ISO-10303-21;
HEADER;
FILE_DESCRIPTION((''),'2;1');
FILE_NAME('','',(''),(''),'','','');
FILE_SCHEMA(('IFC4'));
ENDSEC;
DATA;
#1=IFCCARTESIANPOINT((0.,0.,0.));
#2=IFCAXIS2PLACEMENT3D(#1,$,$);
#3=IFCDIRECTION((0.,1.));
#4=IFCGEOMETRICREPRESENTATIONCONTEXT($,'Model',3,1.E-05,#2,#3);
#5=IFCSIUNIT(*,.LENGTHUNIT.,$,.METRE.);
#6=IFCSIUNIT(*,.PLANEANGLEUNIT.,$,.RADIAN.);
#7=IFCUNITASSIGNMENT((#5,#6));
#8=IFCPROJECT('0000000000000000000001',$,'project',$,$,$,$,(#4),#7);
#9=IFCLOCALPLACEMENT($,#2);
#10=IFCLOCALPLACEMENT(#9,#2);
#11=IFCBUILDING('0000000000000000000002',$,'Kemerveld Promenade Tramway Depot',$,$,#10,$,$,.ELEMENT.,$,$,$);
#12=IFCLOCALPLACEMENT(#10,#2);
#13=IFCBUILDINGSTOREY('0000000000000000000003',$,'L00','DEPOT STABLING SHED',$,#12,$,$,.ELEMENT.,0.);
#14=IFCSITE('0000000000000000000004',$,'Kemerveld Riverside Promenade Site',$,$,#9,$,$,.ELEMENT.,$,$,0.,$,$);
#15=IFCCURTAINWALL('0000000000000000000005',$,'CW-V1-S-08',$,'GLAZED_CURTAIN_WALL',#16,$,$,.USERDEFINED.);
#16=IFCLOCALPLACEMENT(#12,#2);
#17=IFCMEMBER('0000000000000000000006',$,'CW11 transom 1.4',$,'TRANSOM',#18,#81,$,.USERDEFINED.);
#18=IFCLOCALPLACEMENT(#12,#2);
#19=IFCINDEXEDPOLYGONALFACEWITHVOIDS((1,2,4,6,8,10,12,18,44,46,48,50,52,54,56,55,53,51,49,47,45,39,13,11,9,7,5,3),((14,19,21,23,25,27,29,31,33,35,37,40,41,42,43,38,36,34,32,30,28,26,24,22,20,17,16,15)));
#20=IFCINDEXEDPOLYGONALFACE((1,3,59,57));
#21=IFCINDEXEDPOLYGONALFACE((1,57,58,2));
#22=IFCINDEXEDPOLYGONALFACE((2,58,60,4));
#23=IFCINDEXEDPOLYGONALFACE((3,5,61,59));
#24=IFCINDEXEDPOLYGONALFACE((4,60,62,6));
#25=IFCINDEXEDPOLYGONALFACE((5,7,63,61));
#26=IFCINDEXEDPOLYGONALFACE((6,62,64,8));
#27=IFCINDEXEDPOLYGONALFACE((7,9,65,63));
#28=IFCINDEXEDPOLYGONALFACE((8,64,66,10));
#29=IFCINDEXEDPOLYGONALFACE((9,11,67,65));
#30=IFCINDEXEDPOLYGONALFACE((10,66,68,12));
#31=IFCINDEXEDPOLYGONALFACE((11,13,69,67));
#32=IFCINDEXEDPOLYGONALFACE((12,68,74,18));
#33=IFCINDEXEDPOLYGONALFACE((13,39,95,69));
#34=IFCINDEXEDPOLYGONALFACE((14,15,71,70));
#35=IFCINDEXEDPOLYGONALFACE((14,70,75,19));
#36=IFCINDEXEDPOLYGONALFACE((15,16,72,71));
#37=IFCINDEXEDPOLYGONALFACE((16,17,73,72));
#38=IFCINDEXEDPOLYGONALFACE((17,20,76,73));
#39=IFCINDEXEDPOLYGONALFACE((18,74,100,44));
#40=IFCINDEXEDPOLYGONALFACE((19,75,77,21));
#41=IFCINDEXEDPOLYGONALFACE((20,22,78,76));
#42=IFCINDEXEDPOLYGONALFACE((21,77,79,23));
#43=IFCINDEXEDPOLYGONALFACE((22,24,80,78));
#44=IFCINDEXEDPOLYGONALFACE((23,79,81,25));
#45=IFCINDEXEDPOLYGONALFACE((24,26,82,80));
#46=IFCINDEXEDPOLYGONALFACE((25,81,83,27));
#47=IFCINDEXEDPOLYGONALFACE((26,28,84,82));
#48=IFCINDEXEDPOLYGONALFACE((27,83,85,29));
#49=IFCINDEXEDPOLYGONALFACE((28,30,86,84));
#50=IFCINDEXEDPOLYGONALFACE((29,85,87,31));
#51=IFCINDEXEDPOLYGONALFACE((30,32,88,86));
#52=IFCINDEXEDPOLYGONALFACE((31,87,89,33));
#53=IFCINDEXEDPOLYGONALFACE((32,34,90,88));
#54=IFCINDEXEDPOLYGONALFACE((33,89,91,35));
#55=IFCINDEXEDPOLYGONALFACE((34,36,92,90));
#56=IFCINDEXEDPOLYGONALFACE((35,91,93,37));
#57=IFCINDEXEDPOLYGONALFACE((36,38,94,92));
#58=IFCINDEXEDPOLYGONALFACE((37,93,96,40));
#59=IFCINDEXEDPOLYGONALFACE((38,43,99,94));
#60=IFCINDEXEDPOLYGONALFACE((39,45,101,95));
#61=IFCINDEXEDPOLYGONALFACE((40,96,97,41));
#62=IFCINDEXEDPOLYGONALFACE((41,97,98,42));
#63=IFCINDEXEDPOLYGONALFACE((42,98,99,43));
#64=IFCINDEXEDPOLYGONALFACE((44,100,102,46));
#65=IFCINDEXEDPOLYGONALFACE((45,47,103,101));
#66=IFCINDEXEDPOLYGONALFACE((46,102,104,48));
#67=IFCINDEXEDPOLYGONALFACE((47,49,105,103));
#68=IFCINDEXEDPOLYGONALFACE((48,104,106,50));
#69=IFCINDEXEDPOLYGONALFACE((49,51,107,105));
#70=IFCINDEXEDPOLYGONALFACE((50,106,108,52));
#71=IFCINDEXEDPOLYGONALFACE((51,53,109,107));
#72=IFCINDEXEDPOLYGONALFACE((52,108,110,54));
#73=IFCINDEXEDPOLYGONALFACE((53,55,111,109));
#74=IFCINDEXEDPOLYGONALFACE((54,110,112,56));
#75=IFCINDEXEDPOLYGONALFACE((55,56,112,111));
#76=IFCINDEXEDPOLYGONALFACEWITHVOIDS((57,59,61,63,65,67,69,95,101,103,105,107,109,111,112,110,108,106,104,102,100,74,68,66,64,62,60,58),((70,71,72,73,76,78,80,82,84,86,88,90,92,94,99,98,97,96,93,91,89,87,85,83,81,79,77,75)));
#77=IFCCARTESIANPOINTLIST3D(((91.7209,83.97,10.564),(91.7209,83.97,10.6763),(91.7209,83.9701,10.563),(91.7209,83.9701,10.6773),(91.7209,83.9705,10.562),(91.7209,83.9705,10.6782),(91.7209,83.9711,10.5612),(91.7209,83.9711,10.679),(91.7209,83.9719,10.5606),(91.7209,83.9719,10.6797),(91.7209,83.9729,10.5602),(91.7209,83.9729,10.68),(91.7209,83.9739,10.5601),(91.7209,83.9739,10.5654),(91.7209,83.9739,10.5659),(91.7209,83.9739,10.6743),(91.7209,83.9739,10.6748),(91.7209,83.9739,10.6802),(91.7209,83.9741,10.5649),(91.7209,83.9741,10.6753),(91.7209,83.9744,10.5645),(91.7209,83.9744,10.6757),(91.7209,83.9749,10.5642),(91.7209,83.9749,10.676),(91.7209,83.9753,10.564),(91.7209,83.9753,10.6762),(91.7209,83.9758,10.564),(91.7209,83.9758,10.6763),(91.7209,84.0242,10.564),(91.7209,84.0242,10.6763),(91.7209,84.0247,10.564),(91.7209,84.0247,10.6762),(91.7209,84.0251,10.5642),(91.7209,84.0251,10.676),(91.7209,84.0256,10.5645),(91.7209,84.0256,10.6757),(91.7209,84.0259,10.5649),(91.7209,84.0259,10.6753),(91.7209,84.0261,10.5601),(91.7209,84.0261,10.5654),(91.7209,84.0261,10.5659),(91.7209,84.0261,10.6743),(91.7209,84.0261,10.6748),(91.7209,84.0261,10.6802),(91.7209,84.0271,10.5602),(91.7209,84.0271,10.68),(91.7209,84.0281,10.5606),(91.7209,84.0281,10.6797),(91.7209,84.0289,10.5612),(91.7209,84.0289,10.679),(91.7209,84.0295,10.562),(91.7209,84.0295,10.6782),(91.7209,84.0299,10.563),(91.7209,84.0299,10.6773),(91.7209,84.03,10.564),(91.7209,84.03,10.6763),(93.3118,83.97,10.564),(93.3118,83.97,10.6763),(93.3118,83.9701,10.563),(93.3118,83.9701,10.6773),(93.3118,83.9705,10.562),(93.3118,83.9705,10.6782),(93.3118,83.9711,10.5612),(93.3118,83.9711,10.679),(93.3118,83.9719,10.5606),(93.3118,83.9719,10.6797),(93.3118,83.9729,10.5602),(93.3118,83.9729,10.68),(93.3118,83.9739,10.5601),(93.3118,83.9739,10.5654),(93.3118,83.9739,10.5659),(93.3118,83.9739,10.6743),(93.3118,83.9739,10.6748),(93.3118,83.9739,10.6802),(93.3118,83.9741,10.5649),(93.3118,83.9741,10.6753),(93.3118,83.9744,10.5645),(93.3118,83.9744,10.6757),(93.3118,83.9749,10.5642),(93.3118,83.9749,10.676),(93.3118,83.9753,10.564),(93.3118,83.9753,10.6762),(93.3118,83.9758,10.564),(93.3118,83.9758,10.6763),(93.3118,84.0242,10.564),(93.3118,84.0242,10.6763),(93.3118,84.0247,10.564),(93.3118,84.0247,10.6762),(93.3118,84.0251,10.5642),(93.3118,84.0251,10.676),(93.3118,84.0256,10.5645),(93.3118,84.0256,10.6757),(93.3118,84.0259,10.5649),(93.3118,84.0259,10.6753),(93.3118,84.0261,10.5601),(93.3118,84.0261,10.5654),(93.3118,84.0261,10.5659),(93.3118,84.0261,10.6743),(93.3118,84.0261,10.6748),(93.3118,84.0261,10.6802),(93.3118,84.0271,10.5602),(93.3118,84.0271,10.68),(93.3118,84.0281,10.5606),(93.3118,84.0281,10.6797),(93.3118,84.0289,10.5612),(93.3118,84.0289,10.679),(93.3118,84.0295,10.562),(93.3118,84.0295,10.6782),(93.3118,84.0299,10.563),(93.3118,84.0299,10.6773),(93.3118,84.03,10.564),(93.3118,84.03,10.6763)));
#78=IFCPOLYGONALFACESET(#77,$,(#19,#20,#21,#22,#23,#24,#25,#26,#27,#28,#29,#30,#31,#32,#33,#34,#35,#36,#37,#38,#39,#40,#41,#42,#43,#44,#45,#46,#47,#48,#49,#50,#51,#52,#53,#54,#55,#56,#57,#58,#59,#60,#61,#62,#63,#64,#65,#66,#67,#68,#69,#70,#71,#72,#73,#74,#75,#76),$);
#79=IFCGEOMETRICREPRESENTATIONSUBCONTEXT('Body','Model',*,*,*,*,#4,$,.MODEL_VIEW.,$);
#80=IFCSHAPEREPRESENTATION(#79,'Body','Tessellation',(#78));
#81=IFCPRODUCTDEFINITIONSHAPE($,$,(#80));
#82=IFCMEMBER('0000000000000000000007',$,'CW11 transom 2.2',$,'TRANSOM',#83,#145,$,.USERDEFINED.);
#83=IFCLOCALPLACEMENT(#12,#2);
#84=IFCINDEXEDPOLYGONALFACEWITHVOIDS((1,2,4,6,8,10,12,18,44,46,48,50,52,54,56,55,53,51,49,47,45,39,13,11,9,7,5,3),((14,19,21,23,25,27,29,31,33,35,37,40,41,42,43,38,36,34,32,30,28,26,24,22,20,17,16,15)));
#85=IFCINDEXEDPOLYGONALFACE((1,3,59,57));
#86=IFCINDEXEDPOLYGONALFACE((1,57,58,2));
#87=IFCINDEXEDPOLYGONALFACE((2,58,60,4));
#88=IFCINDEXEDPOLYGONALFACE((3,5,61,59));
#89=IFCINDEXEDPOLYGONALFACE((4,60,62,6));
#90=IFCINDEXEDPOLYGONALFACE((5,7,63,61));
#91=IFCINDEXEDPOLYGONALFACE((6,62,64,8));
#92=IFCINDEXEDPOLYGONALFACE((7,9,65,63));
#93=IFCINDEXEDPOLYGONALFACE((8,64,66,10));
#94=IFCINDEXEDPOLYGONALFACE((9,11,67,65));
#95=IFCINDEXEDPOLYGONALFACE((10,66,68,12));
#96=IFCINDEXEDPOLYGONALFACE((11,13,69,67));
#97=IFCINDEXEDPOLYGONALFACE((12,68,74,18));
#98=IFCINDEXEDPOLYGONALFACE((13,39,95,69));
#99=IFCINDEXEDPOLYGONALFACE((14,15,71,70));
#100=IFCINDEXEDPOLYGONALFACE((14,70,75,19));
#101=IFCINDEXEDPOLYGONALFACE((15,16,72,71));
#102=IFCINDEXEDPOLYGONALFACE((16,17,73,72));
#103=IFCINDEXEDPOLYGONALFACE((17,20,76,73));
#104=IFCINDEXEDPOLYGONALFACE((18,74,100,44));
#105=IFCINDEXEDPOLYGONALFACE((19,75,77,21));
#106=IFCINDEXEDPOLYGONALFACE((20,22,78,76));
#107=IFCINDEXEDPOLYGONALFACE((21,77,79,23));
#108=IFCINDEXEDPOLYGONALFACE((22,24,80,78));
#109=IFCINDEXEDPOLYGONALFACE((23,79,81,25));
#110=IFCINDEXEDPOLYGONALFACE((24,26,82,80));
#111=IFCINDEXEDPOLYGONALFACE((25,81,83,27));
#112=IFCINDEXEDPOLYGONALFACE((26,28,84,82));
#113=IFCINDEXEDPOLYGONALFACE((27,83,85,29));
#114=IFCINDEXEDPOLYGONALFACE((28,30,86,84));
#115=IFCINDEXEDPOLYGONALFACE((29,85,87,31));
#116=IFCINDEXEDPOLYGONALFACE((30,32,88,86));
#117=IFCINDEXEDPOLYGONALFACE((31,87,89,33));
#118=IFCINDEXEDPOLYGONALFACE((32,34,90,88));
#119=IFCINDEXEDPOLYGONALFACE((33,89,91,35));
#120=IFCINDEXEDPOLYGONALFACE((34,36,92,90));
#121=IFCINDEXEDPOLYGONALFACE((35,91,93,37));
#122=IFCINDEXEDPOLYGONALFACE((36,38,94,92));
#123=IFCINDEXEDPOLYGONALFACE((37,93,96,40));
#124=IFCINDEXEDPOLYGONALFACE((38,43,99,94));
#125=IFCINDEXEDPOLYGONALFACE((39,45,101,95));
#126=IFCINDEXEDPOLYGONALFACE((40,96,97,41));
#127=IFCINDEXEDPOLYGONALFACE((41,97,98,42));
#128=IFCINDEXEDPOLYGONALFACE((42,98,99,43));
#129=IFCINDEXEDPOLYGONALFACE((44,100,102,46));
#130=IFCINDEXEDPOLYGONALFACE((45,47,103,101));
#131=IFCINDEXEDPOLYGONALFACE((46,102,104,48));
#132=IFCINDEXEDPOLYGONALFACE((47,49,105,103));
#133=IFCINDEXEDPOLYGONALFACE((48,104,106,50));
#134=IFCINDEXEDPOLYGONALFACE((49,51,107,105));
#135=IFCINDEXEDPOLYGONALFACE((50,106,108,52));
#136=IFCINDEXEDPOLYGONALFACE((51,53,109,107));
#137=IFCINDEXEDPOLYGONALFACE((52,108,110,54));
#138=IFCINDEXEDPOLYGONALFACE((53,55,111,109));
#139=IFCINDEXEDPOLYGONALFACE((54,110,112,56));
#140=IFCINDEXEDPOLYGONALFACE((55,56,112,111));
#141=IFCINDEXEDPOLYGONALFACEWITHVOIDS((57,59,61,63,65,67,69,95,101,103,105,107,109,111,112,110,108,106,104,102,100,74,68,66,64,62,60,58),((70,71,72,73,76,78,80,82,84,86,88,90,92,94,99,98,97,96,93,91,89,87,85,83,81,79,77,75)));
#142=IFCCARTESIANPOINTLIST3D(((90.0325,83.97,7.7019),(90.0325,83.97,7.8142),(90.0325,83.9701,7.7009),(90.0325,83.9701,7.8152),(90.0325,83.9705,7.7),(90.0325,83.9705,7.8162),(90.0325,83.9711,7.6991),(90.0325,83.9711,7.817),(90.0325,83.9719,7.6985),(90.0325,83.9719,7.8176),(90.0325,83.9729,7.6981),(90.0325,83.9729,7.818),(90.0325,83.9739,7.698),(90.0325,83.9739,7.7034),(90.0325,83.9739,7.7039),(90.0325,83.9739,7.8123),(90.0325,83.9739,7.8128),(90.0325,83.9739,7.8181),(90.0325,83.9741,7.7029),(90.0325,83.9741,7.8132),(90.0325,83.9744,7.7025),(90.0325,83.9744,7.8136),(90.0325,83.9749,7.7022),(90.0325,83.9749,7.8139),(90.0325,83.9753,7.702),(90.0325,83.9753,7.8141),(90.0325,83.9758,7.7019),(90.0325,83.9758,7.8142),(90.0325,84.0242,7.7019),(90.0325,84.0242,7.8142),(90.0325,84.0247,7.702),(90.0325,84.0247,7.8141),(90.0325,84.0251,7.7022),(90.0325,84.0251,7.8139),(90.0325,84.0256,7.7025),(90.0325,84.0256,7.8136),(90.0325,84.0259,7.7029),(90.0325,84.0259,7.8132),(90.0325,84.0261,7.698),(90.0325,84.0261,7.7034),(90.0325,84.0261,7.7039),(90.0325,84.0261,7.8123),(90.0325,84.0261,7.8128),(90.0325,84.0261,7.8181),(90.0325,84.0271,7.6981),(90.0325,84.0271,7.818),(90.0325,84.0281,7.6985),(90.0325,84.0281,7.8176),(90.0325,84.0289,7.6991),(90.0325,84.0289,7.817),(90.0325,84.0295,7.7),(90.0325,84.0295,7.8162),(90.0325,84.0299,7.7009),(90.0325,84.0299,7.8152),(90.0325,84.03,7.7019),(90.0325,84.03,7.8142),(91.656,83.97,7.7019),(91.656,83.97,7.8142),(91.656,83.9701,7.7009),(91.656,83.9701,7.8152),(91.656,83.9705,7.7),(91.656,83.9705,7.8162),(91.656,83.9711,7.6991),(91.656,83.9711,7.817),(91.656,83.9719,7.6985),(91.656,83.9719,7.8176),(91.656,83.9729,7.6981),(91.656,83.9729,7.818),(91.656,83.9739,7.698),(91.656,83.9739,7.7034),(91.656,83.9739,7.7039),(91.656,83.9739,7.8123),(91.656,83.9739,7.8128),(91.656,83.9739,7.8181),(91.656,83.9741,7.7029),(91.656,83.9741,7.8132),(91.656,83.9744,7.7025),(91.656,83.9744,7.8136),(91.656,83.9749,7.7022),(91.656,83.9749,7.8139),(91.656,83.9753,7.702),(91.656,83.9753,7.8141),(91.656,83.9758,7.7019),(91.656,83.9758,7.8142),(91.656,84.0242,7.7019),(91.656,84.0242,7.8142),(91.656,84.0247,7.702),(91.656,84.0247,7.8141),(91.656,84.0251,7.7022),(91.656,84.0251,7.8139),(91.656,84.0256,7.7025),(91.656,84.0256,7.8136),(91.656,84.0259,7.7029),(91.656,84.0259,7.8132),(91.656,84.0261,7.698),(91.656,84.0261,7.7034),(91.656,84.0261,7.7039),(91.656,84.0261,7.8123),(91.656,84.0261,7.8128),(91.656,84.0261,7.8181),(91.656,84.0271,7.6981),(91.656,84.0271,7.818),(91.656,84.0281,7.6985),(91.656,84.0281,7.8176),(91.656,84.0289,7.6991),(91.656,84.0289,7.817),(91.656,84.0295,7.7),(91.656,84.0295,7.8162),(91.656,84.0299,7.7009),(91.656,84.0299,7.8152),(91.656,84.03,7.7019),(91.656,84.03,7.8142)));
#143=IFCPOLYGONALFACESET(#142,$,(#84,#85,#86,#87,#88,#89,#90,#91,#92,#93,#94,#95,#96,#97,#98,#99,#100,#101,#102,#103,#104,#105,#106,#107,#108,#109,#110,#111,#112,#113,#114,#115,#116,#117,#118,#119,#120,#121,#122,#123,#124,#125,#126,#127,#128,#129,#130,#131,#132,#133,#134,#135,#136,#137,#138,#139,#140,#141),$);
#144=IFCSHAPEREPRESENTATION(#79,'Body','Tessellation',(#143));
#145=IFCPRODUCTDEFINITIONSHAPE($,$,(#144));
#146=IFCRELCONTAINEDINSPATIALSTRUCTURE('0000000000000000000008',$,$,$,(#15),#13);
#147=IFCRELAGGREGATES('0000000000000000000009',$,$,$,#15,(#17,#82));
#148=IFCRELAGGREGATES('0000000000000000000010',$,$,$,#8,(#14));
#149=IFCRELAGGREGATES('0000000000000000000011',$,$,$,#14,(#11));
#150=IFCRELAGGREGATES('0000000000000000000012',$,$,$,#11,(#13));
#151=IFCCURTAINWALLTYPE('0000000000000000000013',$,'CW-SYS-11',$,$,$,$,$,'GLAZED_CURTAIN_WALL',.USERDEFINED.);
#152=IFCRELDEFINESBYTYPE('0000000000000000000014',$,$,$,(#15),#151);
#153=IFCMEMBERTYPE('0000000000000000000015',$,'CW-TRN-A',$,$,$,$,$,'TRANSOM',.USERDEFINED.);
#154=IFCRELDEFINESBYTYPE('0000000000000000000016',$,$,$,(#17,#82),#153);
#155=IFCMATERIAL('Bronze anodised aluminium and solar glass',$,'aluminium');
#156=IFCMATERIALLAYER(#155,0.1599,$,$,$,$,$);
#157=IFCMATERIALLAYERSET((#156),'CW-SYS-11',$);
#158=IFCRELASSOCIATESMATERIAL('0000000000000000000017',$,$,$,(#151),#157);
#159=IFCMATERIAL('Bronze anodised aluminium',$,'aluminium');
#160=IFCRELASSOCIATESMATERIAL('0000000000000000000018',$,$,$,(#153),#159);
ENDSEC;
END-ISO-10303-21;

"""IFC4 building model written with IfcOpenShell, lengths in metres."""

from ifc_helpers import new_model, si_unit, direction, frame, origin, origin_2d, place, context, subcontext, project, spatial, hollow_rectangle, extrude, material, layer, layer_set, material_profile, profile_set, type_object, element, aggregate, save


model = new_model("IFC4")

# Units and contexts
model_context = context("Model", 3, precision=1e-05, world=origin(), true_north=direction((0.0, 1.0)))
body_context = subcontext(model_context, "Body", "Model", "MODEL_VIEW")
ifc_project = project(units=[si_unit("LENGTHUNIT", "METRE"), si_unit("PLANEANGLEUNIT", "RADIAN")], contexts=[model_context])

# Site, building, storey
site_placement = place(None, origin())
site = spatial("IfcSite", under=ifc_project, at=site_placement, Name="Kemerveld Riverside Promenade Site", CompositionType="ELEMENT", RefElevation=0.0)
building_placement = place(site_placement, origin())
building = spatial("IfcBuilding", under=site, at=building_placement, Name="Kemerveld Promenade Tramway Depot", CompositionType="ELEMENT")
storey_placement = place(building_placement, origin())
storey = spatial("IfcBuildingStorey", under=building, at=storey_placement, Name="L00", Description="DEPOT STABLING SHED", CompositionType="ELEMENT", Elevation=0.0)

# Curtain wall, members
ifc_material_1 = material(Name="Bronze anodised aluminium and solar glass", Category="aluminium")
ifc_layer_1 = layer(ifc_material_1, 0.1599)
ifc_layer_set_1 = layer_set([ifc_layer_1], Name="CW-SYS-11")
curtain_wall_type_1 = type_object("IfcCurtainWallType", Name="CW-SYS-11", ElementType="GLAZED_CURTAIN_WALL", PredefinedType="USERDEFINED", material=ifc_layer_set_1)
curtain_wall_1_placement = place(storey_placement, origin())
curtain_wall_1 = element("IfcCurtainWall", 1, at=curtain_wall_1_placement, inside=storey, type_object=curtain_wall_type_1, Name="CW-V1-S-08", ObjectType="GLAZED_CURTAIN_WALL", PredefinedType="USERDEFINED")
ifc_material_2 = material(Name="Bronze anodised aluminium", Category="aluminium")
ifc_material_profile_1 = material_profile(ifc_material_2, hollow_rectangle(XDim=0.0601, YDim=0.1201, WallThickness=0.0039, InnerFilletRadius=0.002, OuterFilletRadius=0.0039, at=origin_2d()), Name="CW-TRN-120x60")
ifc_profile_set_1 = profile_set([ifc_material_profile_1], Name="Bronze anodised aluminium")
member_type_1 = type_object("IfcMemberType", Name="CW-TRN-A", ElementType="TRANSOM", PredefinedType="USERDEFINED", material=ifc_profile_set_1)
member_1_placement = place(storey_placement, frame((93.3118, 84.0, 10.6201), z_axis=(-1.0, 0.0, 0.0), x_axis=(0.0, -1.0, 0.0)))
member_1 = element("IfcMember", 2, at=member_1_placement, type_object=member_type_1, Name="CW11 transom 1.4", ObjectType="TRANSOM", PredefinedType="USERDEFINED", context=body_context, shape_type="SweptSolid", body=[
    extrude(hollow_rectangle(XDim=0.0601, YDim=0.1201, WallThickness=0.0039, InnerFilletRadius=0.002, OuterFilletRadius=0.0039, at=origin_2d()), origin(), (0.0, 0.0, 1.0), 1.5908),
])
member_2_placement = place(storey_placement, frame((91.656, 84.0, 7.7581), z_axis=(-1.0, 0.0, 0.0), x_axis=(0.0, -1.0, 0.0)))
member_2 = element("IfcMember", 3, at=member_2_placement, type_object=member_type_1, Name="CW11 transom 2.2", ObjectType="TRANSOM", PredefinedType="USERDEFINED", context=body_context, shape_type="SweptSolid", body=[
    extrude(hollow_rectangle(XDim=0.0601, YDim=0.1201, WallThickness=0.0039, InnerFilletRadius=0.002, OuterFilletRadius=0.0039, at=origin_2d()), origin(), (0.0, 0.0, 1.0), 1.6235),
])

aggregate(curtain_wall_1, [member_1, member_2])

save(model, "model.ifc")
